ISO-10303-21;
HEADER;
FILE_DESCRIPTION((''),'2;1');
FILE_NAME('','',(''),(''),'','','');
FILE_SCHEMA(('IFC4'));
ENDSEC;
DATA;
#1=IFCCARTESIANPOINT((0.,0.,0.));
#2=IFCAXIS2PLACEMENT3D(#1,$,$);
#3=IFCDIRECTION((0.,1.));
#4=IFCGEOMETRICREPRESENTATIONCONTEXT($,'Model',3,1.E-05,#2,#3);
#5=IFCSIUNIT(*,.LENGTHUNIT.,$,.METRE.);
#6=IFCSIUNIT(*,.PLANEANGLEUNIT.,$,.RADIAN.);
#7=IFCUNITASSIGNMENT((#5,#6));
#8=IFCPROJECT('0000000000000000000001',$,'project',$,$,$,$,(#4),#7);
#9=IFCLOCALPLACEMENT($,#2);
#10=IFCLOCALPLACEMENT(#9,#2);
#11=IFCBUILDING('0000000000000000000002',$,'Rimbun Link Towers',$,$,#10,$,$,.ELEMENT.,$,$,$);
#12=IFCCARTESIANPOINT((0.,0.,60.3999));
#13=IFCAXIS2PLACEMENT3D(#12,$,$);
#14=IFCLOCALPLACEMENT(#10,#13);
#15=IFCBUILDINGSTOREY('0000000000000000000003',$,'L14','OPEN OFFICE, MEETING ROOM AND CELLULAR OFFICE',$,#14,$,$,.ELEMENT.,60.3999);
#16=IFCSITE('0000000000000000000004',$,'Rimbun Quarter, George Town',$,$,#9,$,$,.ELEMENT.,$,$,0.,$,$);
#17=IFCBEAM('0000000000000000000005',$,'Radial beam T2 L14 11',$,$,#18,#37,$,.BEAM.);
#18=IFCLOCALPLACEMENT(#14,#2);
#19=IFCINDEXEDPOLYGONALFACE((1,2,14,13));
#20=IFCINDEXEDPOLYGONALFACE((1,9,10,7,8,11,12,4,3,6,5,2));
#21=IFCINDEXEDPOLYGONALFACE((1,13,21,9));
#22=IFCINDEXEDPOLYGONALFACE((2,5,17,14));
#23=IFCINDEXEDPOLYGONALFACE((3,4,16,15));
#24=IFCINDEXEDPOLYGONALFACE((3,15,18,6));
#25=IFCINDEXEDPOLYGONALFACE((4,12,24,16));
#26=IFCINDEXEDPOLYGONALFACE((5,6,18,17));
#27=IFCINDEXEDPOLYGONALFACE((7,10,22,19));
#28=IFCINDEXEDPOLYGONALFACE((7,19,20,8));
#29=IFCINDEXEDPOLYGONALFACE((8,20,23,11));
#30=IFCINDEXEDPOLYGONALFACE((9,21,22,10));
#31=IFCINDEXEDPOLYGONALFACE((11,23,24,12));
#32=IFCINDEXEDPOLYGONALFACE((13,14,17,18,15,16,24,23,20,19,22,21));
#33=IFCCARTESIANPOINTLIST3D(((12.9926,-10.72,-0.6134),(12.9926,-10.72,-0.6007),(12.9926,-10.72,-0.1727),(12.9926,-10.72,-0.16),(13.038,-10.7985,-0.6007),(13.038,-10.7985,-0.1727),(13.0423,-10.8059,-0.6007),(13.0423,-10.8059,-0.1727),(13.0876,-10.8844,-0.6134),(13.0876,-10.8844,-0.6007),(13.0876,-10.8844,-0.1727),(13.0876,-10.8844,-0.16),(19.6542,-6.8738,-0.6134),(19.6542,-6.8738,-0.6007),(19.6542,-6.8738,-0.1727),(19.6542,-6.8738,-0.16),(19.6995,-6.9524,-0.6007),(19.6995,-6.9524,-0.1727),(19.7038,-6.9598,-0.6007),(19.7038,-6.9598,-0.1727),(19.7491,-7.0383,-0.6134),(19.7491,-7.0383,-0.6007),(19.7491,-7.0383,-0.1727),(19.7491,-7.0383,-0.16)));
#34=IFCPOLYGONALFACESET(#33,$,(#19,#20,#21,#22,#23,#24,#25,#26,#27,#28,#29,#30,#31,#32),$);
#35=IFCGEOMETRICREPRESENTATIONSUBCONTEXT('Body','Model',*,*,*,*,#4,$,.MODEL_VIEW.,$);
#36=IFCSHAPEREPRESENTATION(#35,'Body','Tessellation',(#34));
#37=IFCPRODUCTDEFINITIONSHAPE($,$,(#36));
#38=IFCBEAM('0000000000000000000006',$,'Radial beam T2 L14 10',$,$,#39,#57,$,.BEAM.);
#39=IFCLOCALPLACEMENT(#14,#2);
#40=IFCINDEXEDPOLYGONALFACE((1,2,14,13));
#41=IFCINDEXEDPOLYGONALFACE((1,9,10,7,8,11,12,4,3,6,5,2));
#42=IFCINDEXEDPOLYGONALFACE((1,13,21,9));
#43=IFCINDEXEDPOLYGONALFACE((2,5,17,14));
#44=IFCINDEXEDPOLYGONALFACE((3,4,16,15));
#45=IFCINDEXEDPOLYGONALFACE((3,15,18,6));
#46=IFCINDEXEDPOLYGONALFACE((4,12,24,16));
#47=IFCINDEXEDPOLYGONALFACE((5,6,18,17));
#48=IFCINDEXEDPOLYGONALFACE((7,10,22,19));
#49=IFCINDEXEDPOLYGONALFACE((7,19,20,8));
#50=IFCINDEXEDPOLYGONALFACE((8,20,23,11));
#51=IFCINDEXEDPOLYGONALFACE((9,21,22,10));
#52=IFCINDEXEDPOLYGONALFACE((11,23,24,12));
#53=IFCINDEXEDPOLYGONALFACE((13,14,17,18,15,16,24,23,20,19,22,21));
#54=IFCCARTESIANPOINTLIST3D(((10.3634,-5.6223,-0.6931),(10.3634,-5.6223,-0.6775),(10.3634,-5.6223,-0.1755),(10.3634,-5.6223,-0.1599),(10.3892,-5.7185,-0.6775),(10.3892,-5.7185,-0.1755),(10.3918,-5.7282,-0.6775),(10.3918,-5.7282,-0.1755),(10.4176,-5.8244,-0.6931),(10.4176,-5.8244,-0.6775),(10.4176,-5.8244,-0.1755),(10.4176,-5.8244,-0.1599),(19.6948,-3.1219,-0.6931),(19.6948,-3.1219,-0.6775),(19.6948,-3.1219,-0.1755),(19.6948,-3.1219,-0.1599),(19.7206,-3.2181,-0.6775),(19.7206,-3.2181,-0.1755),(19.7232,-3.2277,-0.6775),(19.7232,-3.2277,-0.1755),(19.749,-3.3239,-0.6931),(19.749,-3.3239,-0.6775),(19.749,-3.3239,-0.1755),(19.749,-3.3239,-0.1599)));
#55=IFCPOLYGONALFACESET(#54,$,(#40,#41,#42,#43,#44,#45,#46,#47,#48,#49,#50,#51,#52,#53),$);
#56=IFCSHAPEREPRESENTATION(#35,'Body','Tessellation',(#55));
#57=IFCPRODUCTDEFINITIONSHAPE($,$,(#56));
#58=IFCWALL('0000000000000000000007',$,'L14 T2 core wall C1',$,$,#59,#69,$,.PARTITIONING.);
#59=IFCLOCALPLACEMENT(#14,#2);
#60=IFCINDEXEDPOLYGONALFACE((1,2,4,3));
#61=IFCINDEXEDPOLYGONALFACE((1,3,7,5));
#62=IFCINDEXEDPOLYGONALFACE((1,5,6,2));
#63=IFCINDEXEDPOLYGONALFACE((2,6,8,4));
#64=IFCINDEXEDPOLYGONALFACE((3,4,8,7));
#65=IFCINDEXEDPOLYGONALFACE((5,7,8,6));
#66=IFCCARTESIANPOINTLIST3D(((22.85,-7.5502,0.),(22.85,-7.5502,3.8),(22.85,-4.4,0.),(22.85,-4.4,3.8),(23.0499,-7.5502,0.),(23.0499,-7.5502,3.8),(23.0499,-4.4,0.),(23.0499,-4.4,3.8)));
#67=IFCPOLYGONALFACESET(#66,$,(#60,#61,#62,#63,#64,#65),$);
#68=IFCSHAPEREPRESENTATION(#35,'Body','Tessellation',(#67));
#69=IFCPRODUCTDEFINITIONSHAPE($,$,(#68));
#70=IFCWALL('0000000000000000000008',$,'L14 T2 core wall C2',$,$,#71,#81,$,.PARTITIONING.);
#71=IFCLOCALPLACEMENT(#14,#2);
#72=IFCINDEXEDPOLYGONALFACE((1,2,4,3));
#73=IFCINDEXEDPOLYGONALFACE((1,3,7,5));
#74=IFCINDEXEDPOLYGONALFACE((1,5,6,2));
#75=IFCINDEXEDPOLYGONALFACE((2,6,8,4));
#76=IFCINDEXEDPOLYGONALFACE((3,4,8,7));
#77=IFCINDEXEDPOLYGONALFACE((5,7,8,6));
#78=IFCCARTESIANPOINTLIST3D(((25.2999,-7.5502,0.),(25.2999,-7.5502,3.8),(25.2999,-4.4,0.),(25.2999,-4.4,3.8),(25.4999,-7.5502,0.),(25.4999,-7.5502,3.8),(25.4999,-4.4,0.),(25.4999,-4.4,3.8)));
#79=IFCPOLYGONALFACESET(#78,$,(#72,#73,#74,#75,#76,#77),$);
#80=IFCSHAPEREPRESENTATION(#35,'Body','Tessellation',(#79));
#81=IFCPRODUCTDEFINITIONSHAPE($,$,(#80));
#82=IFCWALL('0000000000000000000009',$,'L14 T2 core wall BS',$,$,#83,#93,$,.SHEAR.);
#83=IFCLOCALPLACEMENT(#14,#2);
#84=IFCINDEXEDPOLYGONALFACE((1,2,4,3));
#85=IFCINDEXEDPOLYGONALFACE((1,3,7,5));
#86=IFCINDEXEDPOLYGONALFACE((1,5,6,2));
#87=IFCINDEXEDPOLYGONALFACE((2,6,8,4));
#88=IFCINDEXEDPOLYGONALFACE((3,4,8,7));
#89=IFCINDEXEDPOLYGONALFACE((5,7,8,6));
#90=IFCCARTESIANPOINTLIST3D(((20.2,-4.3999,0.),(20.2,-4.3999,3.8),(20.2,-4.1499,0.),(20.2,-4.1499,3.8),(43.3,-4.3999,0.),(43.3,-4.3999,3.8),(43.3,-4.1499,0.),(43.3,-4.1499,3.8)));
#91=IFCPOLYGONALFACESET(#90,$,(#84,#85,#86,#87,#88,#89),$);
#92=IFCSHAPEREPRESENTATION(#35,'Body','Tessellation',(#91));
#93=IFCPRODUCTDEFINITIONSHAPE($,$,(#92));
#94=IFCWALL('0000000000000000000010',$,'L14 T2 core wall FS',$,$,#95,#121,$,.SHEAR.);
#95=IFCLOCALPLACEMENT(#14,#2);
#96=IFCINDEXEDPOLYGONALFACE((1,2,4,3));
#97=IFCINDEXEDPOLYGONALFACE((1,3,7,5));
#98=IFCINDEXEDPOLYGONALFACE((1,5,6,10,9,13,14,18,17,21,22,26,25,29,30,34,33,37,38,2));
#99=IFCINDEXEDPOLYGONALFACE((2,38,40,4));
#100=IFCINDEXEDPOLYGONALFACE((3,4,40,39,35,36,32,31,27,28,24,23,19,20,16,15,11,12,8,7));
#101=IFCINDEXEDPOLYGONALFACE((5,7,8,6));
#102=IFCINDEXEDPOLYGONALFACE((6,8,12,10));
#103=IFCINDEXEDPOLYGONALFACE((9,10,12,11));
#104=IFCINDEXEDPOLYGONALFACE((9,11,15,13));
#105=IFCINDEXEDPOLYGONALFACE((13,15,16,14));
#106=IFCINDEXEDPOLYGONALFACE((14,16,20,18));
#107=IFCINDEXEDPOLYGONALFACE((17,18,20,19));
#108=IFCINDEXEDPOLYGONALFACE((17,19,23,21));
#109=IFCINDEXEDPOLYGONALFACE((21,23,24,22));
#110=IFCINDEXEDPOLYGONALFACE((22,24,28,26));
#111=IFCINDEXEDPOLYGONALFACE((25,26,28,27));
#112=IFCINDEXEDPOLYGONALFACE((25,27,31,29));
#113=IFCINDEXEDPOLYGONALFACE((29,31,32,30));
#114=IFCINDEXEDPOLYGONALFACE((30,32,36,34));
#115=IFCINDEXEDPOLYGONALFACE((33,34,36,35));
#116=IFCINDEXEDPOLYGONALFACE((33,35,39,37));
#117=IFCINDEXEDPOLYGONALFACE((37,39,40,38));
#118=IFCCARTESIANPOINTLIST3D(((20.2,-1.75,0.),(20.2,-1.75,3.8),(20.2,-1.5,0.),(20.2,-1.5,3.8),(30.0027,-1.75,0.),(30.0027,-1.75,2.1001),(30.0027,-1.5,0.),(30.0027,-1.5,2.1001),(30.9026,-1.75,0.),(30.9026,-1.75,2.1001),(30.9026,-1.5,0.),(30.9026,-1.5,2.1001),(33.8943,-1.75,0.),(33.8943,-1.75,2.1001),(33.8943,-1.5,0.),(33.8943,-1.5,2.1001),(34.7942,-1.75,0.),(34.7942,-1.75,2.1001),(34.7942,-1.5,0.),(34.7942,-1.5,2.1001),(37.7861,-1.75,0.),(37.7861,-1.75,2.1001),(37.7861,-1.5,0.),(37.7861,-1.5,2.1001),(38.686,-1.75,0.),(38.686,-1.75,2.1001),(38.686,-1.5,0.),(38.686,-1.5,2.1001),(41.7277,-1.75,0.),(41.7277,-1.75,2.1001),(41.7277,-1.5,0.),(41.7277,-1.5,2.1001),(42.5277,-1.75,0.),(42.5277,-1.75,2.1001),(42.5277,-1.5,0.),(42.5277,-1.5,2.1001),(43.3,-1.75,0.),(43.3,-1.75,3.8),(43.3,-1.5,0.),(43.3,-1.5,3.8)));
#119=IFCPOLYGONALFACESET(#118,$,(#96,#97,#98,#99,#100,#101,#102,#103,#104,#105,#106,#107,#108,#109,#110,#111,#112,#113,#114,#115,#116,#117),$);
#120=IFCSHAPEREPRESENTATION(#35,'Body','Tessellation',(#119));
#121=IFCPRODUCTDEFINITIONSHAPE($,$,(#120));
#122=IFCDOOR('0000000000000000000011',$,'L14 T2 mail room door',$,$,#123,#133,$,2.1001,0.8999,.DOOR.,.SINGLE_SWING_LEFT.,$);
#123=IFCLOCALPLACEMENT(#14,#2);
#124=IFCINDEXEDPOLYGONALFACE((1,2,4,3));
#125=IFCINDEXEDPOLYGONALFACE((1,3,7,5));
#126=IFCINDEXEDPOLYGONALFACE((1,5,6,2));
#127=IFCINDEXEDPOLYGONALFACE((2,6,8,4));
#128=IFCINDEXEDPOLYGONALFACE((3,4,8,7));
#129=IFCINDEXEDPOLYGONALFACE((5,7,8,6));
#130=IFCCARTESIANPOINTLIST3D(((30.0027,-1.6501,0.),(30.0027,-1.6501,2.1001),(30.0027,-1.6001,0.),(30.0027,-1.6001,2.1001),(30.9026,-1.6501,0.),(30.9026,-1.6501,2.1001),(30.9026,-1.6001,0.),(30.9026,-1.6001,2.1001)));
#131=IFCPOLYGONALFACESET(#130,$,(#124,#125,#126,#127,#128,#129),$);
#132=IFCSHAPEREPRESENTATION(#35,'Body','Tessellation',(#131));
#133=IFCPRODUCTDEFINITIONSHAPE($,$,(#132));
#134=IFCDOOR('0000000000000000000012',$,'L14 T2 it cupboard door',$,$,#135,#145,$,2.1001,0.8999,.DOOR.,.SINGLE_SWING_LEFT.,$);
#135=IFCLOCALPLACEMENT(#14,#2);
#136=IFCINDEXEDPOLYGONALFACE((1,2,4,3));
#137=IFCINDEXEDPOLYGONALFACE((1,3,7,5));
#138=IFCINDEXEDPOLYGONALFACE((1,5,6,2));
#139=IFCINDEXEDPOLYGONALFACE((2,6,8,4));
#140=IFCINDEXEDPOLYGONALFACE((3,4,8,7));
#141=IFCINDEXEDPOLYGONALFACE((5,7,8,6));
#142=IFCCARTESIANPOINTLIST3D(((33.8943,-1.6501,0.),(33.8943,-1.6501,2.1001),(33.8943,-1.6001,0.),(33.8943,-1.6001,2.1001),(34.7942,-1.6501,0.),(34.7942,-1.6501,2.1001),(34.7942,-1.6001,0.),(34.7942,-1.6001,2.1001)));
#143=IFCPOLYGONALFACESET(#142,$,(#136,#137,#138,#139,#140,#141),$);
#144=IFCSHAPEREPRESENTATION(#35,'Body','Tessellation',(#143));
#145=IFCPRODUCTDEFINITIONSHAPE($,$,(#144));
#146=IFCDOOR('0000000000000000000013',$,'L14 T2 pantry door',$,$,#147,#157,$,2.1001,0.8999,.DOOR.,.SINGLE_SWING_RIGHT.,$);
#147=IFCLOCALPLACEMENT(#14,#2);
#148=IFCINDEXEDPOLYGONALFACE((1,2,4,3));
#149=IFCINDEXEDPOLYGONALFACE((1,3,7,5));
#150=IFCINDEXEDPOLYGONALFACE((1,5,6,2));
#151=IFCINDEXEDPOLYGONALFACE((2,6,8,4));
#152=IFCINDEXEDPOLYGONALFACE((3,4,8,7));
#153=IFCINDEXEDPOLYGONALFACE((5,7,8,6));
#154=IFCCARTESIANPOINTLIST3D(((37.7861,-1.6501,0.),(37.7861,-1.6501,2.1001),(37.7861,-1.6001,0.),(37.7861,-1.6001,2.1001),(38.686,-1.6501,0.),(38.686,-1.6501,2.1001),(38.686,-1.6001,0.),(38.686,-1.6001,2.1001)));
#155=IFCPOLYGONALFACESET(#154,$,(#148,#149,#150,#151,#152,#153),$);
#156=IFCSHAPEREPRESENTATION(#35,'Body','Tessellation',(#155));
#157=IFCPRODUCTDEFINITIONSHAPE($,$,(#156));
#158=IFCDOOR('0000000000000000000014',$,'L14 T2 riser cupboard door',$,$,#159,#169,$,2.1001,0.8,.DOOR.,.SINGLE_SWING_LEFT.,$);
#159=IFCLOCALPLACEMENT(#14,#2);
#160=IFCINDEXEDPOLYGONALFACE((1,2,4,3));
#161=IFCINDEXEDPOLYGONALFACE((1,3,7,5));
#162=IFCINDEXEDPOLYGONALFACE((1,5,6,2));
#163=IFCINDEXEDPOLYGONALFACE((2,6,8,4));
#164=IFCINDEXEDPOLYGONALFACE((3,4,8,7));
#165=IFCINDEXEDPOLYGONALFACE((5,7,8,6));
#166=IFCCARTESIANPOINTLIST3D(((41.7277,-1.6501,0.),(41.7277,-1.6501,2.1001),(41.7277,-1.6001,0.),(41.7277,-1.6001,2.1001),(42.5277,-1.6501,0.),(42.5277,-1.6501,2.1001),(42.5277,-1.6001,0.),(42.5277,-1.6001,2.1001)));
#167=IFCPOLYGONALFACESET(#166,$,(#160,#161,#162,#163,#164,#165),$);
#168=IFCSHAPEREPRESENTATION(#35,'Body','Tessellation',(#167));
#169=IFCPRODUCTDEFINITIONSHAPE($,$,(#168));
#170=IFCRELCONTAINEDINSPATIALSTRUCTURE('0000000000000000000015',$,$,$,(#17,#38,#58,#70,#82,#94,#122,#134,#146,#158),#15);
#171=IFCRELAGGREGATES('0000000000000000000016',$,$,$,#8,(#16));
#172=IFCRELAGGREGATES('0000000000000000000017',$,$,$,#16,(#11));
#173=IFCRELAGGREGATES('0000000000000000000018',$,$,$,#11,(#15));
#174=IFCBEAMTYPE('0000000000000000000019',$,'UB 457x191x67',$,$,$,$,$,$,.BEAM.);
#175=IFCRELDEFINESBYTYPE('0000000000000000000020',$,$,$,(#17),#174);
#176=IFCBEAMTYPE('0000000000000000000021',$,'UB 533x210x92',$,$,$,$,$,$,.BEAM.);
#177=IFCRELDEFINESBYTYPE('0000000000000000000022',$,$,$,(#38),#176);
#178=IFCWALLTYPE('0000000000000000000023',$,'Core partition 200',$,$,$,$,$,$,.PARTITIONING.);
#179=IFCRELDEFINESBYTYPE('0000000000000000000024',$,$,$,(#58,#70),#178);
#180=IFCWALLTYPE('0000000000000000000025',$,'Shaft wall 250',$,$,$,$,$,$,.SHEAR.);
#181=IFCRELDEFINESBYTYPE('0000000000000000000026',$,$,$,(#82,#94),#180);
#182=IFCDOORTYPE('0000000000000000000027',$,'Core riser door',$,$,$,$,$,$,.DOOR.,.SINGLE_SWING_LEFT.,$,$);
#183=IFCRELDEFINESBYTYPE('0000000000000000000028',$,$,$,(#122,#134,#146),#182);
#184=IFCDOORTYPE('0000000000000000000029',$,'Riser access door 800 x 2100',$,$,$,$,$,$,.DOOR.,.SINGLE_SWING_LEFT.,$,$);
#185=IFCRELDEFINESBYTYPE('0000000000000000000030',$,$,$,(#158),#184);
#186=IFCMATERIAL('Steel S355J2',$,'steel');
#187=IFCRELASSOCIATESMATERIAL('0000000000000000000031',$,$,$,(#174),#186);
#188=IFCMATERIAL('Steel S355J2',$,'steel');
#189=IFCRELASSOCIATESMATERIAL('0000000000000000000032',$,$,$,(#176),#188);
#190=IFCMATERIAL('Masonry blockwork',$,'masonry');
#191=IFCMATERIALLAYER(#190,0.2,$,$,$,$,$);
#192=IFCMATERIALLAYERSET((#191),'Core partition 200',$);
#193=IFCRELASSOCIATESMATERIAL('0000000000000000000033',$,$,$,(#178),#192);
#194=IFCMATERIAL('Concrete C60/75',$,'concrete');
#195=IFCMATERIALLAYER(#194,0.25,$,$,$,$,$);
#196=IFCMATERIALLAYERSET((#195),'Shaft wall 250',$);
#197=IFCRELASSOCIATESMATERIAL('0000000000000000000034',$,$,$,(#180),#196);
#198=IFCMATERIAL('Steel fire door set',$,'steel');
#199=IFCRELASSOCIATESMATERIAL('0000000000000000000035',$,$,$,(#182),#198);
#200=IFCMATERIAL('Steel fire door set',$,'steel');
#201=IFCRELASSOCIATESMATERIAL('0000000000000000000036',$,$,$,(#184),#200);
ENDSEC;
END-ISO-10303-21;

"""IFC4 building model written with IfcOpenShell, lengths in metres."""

from ifc_helpers import new_model, si_unit, direction, frame, frame_2d, origin, origin_2d, place, context, subcontext, project, spatial, rectangle, i_section, extrude, material, layer, layer_set, material_profile, profile_set, type_object, element, fill, save


model = new_model("IFC4")

# Units and contexts
model_context = context("Model", 3, precision=1e-05, world=origin(), true_north=direction((0.0, 1.0)))
body_context = subcontext(model_context, "Body", "Model", "MODEL_VIEW")
ifc_project = project(units=[si_unit("LENGTHUNIT", "METRE"), si_unit("PLANEANGLEUNIT", "RADIAN")], contexts=[model_context])

# Site, building, storey
site_placement = place(None, origin())
site = spatial("IfcSite", under=ifc_project, at=site_placement, Name="Rimbun Quarter, George Town", CompositionType="ELEMENT", RefElevation=0.0)
building_placement = place(site_placement, origin())
building = spatial("IfcBuilding", under=site, at=building_placement, Name="Rimbun Link Towers", CompositionType="ELEMENT")
storey_placement = place(building_placement, frame((0.0, 0.0, 60.3999)))
storey = spatial("IfcBuildingStorey", under=building, at=storey_placement, Name="L14", Description="OPEN OFFICE, MEETING ROOM AND CELLULAR OFFICE", CompositionType="ELEMENT", Elevation=60.3999)

# Beams
ifc_material_1 = material(Name="Steel S355J2", Category="steel")
ifc_material_profile_1 = material_profile(ifc_material_1, i_section(OverallWidth=0.1899, OverallDepth=0.4534, WebThickness=0.0085, FlangeThickness=0.0127, at=origin_2d()), Name="UB 457x191x67")
ifc_profile_set_1 = profile_set([ifc_material_profile_1], Name="Steel S355J2")
beam_type_1 = type_object("IfcBeamType", Name="UB 457x191x67", PredefinedType="BEAM", material=ifc_profile_set_1)
beam_1_placement = place(storey_placement, frame((19.7017, -6.9561, -0.3867), z_axis=(-0.86602, -0.50001, 0.0), x_axis=(0.50001, -0.86602, 0.0)))
element("IfcBeam", 1, at=beam_1_placement, inside=storey, type_object=beam_type_1, Name="Radial beam T2 L14 11", PredefinedType="BEAM", context=body_context, shape_type="SweptSolid", body=[
    extrude(i_section(OverallWidth=0.1899, OverallDepth=0.4534, WebThickness=0.0085, FlangeThickness=0.0127, at=origin_2d()), origin(), (0.0, 0.0, 1.0), 7.6921),
])
ifc_material_2 = material(Name="Steel S355J2", Category="steel")
ifc_material_profile_2 = material_profile(ifc_material_2, i_section(OverallWidth=0.2092, OverallDepth=0.5332, WebThickness=0.01, FlangeThickness=0.0156, at=origin_2d()), Name="UB 533x210x92")
ifc_profile_set_2 = profile_set([ifc_material_profile_2], Name="Steel S355J2")
beam_type_2 = type_object("IfcBeamType", Name="UB 533x210x92", PredefinedType="BEAM", material=ifc_profile_set_2)
beam_2_placement = place(storey_placement, frame((19.7219, -3.2229, -0.4265), z_axis=(-0.965923, -0.25883, 0.0), x_axis=(0.25883, -0.965923, 0.0)))
element("IfcBeam", 2, at=beam_2_placement, inside=storey, type_object=beam_type_2, Name="Radial beam T2 L14 10", PredefinedType="BEAM", context=body_context, shape_type="SweptSolid", body=[
    extrude(i_section(OverallWidth=0.2092, OverallDepth=0.5332, WebThickness=0.01, FlangeThickness=0.0156, at=origin_2d()), origin(), (0.0, 0.0, 1.0), 9.6606),
])

# Walls
ifc_material_3 = material(Name="Masonry blockwork", Category="masonry")
ifc_layer_1 = layer(ifc_material_3, 0.2)
ifc_layer_set_1 = layer_set([ifc_layer_1], Name="Core partition 200")
wall_type_1 = type_object("IfcWallType", Name="Core partition 200", PredefinedType="PARTITIONING", material=ifc_layer_set_1)
for number, where, z_axis, x_axis, name in (
    (3, (22.95, -4.3999, 0.0), (0.0, 0.0, 1.0), (0.0, -1.0, 0.0), "L14 T2 core wall C1"),
    (4, (25.3999, -4.3999, 0.0), (0.0, 0.0, 1.0), (0.0, -1.0, 0.0), "L14 T2 core wall C2"),
):
    element("IfcWall", number, at=place(storey_placement, frame(where, z_axis=z_axis, x_axis=x_axis)), inside=storey, type_object=wall_type_1, Name=name, PredefinedType="PARTITIONING", context=body_context, shape_type="SweptSolid", body=[
        extrude(rectangle(XDim=3.1501, YDim=0.2, at=frame_2d((1.5752, 0.0))), origin(), (0.0, 0.0, 1.0), 3.8),
    ])
ifc_material_4 = material(Name="Concrete C60/75", Category="concrete")
ifc_layer_2 = layer(ifc_material_4, 0.25)
ifc_layer_set_2 = layer_set([ifc_layer_2], Name="Shaft wall 250")
wall_type_2 = type_object("IfcWallType", Name="Shaft wall 250", PredefinedType="SHEAR", material=ifc_layer_set_2)
wall_1_placement = place(storey_placement, frame((20.2, -4.2749, 0.0), z_axis=(0.0, 0.0, 1.0), x_axis=(1.0, 0.0, 0.0)))
element("IfcWall", 5, at=wall_1_placement, inside=storey, type_object=wall_type_2, Name="L14 T2 core wall BS", PredefinedType="SHEAR", context=body_context, shape_type="SweptSolid", body=[
    extrude(rectangle(XDim=23.1001, YDim=0.25, at=frame_2d((11.55, 0.0))), origin(), (0.0, 0.0, 1.0), 3.8),
])

# Wall, openings, doors
wall_2_placement = place(storey_placement, frame((20.2, -1.625, 0.0), z_axis=(0.0, 0.0, 1.0), x_axis=(1.0, 0.0, 0.0)))
wall_2 = element("IfcWall", 6, at=wall_2_placement, inside=storey, type_object=wall_type_2, Name="L14 T2 core wall FS", PredefinedType="SHEAR", context=body_context, shape_type="SweptSolid", body=[
    extrude(rectangle(XDim=23.1001, YDim=0.25, at=frame_2d((11.55, 0.0))), origin(), (0.0, 0.0, 1.0), 3.8),
])
opening_1_placement = place(wall_2_placement, frame((9.8027, 0.0, 0.0)))
opening_1 = element("IfcOpeningElement", 7, at=opening_1_placement, cuts=wall_2, PredefinedType="OPENING", context=body_context, shape_type="SweptSolid", body=[
    extrude(rectangle(XDim=0.8999, YDim=2.1001, at=frame_2d((0.45, 1.05))), frame((0.0, 0.135, 0.0), z_axis=(0.0, -1.0, 0.0), x_axis=(1.0, 0.0, 0.0)), (0.0, 0.0, 1.0), 0.27),
])
opening_2_placement = place(wall_2_placement, frame((13.6943, 0.0, 0.0)))
opening_2 = element("IfcOpeningElement", 8, at=opening_2_placement, cuts=wall_2, PredefinedType="OPENING", context=body_context, shape_type="SweptSolid", body=[
    extrude(rectangle(XDim=0.8999, YDim=2.1001, at=frame_2d((0.45, 1.05))), frame((0.0, 0.135, 0.0), z_axis=(0.0, -1.0, 0.0), x_axis=(1.0, 0.0, 0.0)), (0.0, 0.0, 1.0), 0.27),
])
opening_3_placement = place(wall_2_placement, frame((17.5862, 0.0, 0.0)))
opening_3 = element("IfcOpeningElement", 9, at=opening_3_placement, cuts=wall_2, PredefinedType="OPENING", context=body_context, shape_type="SweptSolid", body=[
    extrude(rectangle(XDim=0.8999, YDim=2.1001, at=frame_2d((0.45, 1.05))), frame((0.0, 0.135, 0.0), z_axis=(0.0, -1.0, 0.0), x_axis=(1.0, 0.0, 0.0)), (0.0, 0.0, 1.0), 0.27),
])
opening_4_placement = place(wall_2_placement, frame((21.5278, 0.0, 0.0)))
opening_4 = element("IfcOpeningElement", 10, at=opening_4_placement, cuts=wall_2, PredefinedType="OPENING", context=body_context, shape_type="SweptSolid", body=[
    extrude(rectangle(XDim=0.8, YDim=2.1001, at=frame_2d((0.3999, 1.05))), frame((0.0, 0.135, 0.0), z_axis=(0.0, -1.0, 0.0), x_axis=(1.0, 0.0, 0.0)), (0.0, 0.0, 1.0), 0.27),
])
ifc_material_5 = material(Name="Steel fire door set", Category="steel")
door_type_1 = type_object("IfcDoorType", Name="Core riser door", OperationType="SINGLE_SWING_LEFT", PredefinedType="DOOR", material=ifc_material_5)
door_1_placement = place(opening_1_placement, origin())
door_1 = element("IfcDoor", 11, at=door_1_placement, inside=storey, type_object=door_type_1, Name="L14 T2 mail room door", OperationType="SINGLE_SWING_LEFT", OverallHeight=2.1001, OverallWidth=0.8999, PredefinedType="DOOR", context=body_context, shape_type="SweptSolid", body=[
    extrude(rectangle(XDim=0.8999, YDim=2.1001, at=frame_2d((0.45, 1.05))), frame((0.0, 0.0249, 0.0), z_axis=(0.0, -1.0, 0.0), x_axis=(1.0, 0.0, 0.0)), (0.0, 0.0, 1.0), 0.05),
])
fill(opening_1, door_1)
door_2_placement = place(opening_2_placement, origin())
door_2 = element("IfcDoor", 12, at=door_2_placement, inside=storey, type_object=door_type_1, Name="L14 T2 it cupboard door", OperationType="SINGLE_SWING_LEFT", OverallHeight=2.1001, OverallWidth=0.8999, PredefinedType="DOOR", context=body_context, shape_type="SweptSolid", body=[
    extrude(rectangle(XDim=0.8999, YDim=2.1001, at=frame_2d((0.45, 1.05))), frame((0.0, 0.0249, 0.0), z_axis=(0.0, -1.0, 0.0), x_axis=(1.0, 0.0, 0.0)), (0.0, 0.0, 1.0), 0.05),
])
fill(opening_2, door_2)
door_3_placement = place(opening_3_placement, origin())
door_3 = element("IfcDoor", 13, at=door_3_placement, inside=storey, type_object=door_type_1, Name="L14 T2 pantry door", OperationType="SINGLE_SWING_RIGHT", OverallHeight=2.1001, OverallWidth=0.8999, PredefinedType="DOOR", context=body_context, shape_type="SweptSolid", body=[
    extrude(rectangle(XDim=0.8999, YDim=2.1001, at=frame_2d((0.45, 1.05))), frame((0.0, 0.0249, 0.0), z_axis=(0.0, -1.0, 0.0), x_axis=(1.0, 0.0, 0.0)), (0.0, 0.0, 1.0), 0.05),
])
fill(opening_3, door_3)
ifc_material_6 = material(Name="Steel fire door set", Category="steel")
door_type_2 = type_object("IfcDoorType", Name="Riser access door 800 x 2100", OperationType="SINGLE_SWING_LEFT", PredefinedType="DOOR", material=ifc_material_6)
door_4_placement = place(opening_4_placement, origin())
door_4 = element("IfcDoor", 14, at=door_4_placement, inside=storey, type_object=door_type_2, Name="L14 T2 riser cupboard door", OperationType="SINGLE_SWING_LEFT", OverallHeight=2.1001, OverallWidth=0.8, PredefinedType="DOOR", context=body_context, shape_type="SweptSolid", body=[
    extrude(rectangle(XDim=0.8, YDim=2.1001, at=frame_2d((0.3999, 1.05))), frame((0.0, 0.0249, 0.0), z_axis=(0.0, -1.0, 0.0), x_axis=(1.0, 0.0, 0.0)), (0.0, 0.0, 1.0), 0.05),
])
fill(opening_4, door_4)

save(model, "model.ifc")
